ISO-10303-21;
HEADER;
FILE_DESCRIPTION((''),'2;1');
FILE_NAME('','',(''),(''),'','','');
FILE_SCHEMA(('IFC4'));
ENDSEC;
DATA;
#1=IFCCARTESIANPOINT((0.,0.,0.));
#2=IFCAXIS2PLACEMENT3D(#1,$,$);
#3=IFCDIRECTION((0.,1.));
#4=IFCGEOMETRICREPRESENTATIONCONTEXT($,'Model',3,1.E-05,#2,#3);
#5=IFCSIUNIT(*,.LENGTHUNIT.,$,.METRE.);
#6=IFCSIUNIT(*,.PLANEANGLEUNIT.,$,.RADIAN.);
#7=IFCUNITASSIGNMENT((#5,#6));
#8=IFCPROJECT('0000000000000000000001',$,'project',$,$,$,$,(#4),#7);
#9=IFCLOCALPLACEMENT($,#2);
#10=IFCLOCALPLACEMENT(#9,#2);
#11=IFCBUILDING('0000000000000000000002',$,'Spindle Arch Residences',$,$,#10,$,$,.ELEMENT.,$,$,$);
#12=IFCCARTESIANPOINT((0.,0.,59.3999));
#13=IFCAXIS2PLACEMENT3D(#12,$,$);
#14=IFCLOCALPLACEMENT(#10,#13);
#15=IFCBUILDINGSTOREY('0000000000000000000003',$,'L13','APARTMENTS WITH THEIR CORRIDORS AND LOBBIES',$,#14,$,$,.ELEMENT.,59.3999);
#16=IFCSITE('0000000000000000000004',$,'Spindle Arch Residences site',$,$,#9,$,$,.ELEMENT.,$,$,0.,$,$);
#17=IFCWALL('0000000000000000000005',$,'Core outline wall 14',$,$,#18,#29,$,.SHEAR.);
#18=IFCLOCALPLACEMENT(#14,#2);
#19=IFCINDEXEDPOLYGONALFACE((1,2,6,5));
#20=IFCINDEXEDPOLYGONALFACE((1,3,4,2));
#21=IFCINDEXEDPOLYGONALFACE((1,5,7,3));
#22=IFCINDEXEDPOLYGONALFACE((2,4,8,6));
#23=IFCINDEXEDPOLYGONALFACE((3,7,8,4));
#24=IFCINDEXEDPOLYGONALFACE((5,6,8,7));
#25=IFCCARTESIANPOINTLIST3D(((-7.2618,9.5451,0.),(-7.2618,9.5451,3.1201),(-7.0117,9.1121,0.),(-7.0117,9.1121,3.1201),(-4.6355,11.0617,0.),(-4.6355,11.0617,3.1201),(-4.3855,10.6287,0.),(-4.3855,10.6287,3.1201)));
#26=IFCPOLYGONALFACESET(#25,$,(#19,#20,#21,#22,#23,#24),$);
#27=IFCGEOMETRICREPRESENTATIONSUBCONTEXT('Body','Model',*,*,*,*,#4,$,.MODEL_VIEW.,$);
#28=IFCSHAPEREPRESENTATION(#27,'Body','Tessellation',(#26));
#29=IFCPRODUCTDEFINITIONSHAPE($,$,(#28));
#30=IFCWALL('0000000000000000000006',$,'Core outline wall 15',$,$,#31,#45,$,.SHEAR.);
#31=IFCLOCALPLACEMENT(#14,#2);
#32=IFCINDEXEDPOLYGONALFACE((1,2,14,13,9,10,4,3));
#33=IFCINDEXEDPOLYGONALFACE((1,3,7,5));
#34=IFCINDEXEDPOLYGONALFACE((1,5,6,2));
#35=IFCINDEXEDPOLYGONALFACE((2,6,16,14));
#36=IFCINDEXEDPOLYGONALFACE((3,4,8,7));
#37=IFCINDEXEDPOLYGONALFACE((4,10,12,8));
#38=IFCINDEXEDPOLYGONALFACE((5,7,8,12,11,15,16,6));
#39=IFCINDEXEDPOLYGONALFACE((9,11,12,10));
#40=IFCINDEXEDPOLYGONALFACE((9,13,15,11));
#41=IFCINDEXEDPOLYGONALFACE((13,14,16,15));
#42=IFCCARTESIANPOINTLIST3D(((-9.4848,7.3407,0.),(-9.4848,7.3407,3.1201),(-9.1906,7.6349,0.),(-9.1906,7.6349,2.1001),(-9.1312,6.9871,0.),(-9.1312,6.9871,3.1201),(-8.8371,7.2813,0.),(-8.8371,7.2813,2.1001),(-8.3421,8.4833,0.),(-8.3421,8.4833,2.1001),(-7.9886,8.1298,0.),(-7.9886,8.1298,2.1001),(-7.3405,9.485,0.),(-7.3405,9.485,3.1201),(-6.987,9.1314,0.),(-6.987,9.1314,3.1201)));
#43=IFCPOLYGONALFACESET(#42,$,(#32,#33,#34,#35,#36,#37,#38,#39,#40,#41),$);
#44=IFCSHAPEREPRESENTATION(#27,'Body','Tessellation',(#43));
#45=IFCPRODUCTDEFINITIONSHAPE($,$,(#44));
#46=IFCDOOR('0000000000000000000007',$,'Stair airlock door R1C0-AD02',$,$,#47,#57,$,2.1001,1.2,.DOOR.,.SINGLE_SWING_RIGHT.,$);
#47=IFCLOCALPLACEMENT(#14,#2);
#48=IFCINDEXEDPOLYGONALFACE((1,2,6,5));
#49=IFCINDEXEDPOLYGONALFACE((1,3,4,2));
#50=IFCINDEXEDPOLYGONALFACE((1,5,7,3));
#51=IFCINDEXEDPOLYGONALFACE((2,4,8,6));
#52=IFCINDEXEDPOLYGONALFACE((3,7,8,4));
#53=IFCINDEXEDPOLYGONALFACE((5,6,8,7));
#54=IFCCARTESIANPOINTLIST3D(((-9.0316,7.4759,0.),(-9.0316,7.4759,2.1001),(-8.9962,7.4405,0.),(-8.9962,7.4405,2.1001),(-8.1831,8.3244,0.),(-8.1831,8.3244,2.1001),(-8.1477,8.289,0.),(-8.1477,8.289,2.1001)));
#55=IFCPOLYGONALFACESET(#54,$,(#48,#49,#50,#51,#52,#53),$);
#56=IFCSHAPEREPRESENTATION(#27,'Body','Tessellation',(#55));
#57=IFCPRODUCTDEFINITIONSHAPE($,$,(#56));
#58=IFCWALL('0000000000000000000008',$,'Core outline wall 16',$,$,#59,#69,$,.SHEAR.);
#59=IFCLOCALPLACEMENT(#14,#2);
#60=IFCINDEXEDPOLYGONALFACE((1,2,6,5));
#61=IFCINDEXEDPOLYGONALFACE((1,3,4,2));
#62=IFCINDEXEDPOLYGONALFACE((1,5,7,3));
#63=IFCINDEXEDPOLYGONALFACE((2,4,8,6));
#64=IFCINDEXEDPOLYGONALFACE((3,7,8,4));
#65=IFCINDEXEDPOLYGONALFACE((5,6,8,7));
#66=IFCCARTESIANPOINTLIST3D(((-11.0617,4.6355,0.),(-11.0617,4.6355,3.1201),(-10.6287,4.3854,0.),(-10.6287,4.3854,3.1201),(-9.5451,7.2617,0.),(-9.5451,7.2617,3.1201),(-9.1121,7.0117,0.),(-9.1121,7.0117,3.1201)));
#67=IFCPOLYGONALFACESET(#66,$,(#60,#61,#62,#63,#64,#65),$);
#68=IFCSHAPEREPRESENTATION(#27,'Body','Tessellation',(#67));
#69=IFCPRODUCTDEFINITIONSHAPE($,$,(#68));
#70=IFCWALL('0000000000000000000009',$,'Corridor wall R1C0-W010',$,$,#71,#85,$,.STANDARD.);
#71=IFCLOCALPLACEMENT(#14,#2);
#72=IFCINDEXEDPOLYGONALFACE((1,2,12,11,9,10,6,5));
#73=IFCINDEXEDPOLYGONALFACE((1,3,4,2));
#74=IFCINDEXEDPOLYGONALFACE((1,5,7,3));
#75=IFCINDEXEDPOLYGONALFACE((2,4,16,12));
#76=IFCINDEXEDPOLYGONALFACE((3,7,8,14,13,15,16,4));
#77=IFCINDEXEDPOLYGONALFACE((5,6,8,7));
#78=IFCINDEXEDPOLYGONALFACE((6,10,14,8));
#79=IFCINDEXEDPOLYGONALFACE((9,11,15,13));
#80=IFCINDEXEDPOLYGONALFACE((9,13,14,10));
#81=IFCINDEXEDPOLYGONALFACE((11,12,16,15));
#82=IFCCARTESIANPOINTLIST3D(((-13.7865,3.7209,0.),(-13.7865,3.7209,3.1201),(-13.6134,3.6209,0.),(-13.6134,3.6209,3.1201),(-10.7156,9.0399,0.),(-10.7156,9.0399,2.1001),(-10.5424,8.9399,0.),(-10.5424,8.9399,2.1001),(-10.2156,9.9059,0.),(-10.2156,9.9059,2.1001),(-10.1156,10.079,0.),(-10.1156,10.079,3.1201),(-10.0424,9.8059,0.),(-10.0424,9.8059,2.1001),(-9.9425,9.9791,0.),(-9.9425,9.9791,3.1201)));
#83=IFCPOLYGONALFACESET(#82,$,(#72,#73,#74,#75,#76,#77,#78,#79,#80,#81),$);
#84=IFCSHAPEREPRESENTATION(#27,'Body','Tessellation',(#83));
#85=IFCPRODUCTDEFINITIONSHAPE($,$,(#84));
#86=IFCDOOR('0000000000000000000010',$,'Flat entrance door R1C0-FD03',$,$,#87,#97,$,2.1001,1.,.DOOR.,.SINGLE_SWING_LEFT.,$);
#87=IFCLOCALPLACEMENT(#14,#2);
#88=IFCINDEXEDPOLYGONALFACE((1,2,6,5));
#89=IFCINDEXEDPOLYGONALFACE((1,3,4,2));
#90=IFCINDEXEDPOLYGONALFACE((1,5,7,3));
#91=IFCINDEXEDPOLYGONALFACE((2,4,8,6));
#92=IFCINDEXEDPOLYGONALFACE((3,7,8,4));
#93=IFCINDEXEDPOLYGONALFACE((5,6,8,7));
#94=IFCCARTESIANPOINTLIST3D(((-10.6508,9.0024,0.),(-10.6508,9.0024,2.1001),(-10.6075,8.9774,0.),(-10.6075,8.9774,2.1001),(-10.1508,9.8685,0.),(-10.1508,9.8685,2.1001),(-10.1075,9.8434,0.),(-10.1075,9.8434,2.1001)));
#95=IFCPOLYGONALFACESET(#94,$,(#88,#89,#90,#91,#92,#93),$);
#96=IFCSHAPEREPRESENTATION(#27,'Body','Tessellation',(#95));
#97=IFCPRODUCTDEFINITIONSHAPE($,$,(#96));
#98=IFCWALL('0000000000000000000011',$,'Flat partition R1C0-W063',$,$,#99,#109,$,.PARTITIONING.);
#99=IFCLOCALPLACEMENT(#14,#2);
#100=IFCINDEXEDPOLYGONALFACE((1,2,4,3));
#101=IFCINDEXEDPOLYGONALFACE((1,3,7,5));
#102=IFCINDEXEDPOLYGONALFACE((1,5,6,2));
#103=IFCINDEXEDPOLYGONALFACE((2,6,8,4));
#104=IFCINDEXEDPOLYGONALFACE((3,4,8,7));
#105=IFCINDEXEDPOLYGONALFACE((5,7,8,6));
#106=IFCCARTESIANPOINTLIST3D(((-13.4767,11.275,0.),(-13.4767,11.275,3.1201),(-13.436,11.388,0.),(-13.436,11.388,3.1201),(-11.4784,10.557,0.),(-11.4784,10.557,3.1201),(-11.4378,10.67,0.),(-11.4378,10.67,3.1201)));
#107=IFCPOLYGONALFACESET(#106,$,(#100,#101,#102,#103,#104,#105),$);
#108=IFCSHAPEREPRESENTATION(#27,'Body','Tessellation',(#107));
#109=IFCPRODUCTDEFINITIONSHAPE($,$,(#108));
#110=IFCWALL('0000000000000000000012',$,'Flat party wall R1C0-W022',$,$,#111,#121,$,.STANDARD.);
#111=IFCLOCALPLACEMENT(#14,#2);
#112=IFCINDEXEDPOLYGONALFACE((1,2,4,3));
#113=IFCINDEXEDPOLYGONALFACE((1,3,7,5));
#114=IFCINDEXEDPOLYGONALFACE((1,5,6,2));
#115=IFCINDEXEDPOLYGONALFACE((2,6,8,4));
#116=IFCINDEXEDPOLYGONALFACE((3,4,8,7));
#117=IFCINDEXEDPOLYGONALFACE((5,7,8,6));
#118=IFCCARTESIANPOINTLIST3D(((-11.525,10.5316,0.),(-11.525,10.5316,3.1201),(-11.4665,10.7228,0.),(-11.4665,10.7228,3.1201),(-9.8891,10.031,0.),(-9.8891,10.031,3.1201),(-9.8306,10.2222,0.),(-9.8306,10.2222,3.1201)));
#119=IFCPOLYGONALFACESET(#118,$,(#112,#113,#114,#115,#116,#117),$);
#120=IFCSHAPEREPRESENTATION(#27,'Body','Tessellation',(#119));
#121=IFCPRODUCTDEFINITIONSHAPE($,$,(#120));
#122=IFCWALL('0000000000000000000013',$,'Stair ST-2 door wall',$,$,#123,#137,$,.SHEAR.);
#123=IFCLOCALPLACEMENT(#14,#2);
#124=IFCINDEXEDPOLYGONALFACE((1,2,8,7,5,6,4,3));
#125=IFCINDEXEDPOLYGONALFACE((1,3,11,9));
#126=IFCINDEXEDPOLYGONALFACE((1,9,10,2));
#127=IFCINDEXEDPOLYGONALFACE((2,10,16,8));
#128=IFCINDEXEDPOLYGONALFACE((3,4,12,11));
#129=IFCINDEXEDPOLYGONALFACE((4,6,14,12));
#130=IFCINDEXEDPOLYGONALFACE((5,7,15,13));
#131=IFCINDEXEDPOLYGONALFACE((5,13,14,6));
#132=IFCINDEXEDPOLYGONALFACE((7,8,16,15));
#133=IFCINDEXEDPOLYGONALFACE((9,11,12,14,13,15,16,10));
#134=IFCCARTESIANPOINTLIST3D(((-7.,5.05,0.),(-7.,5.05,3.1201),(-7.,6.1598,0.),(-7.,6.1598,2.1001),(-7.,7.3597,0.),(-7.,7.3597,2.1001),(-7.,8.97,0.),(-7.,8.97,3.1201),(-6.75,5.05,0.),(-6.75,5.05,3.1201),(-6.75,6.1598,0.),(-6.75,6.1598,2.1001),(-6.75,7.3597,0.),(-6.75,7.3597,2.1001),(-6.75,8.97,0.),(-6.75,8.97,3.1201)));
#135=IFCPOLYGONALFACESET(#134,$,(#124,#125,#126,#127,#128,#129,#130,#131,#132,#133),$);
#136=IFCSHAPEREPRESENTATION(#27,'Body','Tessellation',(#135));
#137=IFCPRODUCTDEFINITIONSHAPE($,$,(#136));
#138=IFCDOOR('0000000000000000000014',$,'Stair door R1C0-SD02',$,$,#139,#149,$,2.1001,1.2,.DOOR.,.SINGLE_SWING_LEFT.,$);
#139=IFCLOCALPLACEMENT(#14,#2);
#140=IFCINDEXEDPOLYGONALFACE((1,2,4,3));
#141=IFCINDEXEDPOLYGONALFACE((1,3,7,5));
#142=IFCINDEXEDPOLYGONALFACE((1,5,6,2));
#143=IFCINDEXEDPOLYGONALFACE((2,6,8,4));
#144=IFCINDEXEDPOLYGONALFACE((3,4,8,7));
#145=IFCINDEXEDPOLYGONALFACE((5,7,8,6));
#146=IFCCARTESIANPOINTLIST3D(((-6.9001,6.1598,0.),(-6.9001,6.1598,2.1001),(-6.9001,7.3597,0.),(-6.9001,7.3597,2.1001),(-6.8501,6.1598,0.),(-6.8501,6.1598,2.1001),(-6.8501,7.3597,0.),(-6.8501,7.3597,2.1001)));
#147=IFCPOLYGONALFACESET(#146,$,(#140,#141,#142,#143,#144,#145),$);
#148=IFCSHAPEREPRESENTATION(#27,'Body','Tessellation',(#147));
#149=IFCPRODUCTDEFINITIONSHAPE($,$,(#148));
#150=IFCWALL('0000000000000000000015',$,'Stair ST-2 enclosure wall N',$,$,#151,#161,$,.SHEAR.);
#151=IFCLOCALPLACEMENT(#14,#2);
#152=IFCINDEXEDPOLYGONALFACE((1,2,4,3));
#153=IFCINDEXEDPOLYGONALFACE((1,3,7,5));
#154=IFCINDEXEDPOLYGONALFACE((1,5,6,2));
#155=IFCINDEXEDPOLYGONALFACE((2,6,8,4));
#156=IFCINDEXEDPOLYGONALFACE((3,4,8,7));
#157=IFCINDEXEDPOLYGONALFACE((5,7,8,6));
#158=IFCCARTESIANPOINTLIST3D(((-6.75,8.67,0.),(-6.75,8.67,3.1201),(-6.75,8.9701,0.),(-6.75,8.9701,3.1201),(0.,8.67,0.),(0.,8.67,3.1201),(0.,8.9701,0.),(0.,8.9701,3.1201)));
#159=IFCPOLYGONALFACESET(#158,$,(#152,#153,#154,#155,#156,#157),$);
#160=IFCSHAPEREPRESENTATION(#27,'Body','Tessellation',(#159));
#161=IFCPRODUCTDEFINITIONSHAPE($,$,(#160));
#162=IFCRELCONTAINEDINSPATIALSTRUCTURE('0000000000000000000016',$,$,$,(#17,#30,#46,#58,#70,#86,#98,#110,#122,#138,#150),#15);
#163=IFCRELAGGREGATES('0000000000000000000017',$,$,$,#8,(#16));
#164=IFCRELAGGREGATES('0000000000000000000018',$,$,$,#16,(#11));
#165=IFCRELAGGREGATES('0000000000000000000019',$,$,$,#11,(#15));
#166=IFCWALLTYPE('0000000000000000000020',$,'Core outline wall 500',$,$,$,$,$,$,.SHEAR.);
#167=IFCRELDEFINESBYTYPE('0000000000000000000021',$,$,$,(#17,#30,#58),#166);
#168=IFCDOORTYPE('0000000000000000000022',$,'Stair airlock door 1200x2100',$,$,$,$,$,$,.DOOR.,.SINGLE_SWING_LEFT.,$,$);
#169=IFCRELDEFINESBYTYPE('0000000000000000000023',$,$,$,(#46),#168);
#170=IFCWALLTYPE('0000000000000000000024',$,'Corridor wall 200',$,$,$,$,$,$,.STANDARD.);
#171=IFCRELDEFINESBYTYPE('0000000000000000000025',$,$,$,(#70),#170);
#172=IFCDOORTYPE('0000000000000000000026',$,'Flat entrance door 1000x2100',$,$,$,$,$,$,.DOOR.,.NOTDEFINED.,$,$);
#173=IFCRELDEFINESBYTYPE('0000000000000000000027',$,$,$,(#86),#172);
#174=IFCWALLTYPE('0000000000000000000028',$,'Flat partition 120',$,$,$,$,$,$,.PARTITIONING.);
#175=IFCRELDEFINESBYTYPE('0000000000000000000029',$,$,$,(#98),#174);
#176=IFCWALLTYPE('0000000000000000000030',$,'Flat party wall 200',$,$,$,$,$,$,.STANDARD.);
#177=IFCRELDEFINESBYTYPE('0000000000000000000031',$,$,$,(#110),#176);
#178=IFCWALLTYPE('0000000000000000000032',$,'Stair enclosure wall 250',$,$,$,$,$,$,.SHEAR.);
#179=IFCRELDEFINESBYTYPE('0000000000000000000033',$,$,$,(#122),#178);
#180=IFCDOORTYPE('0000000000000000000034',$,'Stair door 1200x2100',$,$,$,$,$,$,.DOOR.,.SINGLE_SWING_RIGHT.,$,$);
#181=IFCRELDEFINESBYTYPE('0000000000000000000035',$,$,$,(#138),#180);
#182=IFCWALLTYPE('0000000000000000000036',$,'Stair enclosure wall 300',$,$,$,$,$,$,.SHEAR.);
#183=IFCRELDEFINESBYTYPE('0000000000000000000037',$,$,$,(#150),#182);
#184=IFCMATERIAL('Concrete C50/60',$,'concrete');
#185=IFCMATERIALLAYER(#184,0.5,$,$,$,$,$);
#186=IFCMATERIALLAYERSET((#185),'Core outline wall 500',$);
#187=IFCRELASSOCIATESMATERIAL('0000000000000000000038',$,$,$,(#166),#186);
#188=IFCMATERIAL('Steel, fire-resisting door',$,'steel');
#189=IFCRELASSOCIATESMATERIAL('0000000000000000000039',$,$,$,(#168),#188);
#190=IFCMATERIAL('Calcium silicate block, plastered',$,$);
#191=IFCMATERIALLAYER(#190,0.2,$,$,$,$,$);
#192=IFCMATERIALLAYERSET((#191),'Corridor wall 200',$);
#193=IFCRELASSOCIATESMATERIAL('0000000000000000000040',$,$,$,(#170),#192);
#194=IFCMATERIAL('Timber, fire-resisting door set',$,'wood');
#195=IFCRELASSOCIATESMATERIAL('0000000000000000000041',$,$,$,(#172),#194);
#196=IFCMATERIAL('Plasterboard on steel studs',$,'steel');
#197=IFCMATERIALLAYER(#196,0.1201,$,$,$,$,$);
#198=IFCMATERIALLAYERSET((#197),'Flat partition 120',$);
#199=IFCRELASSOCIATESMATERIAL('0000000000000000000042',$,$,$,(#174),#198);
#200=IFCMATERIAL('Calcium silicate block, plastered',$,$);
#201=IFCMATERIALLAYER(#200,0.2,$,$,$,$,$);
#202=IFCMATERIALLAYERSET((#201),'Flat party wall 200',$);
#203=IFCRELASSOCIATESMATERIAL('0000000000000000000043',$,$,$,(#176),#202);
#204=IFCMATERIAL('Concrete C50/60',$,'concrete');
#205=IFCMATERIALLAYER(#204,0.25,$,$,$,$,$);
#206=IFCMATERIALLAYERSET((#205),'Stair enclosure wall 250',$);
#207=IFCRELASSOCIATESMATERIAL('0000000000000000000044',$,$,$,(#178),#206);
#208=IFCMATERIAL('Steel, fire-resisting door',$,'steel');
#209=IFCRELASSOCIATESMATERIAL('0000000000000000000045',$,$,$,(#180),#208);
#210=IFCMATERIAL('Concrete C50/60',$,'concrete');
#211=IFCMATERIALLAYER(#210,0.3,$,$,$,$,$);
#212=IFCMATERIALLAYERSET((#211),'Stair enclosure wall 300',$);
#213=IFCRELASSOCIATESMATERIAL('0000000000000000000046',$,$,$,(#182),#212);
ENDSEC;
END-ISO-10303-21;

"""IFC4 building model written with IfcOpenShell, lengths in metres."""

from ifc_helpers import new_model, si_unit, direction, frame, frame_2d, origin, place, context, subcontext, project, spatial, rectangle, extrude, material, layer, layer_set, type_object, element, fill, save


model = new_model("IFC4")

# Units and contexts
model_context = context("Model", 3, precision=1e-05, world=origin(), true_north=direction((0.0, 1.0)))
body_context = subcontext(model_context, "Body", "Model", "MODEL_VIEW")
ifc_project = project(units=[si_unit("LENGTHUNIT", "METRE"), si_unit("PLANEANGLEUNIT", "RADIAN")], contexts=[model_context])

# Site, building, storey
site_placement = place(None, origin())
site = spatial("IfcSite", under=ifc_project, at=site_placement, Name="Spindle Arch Residences site", CompositionType="ELEMENT", RefElevation=0.0)
building_placement = place(site_placement, origin())
building = spatial("IfcBuilding", under=site, at=building_placement, Name="Spindle Arch Residences", CompositionType="ELEMENT")
storey_placement = place(building_placement, frame((0.0, 0.0, 59.3999)))
storey = spatial("IfcBuildingStorey", under=building, at=storey_placement, Name="L13", Description="APARTMENTS WITH THEIR CORRIDORS AND LOBBIES", CompositionType="ELEMENT", Elevation=59.3999)

# Wall
ifc_material_1 = material(Name="Concrete C50/60", Category="concrete")
ifc_layer_1 = layer(ifc_material_1, 0.5)
ifc_layer_set_1 = layer_set([ifc_layer_1], Name="Core outline wall 500")
wall_type_1 = type_object("IfcWallType", Name="Core outline wall 500", PredefinedType="SHEAR", material=ifc_layer_set_1)
wall_1_placement = place(storey_placement, frame((-4.5105, 10.8452, 0.0), z_axis=(0.0, 0.0, 1.0), x_axis=(-0.865975, -0.500087, 0.0)))
element("IfcWall", 1, at=wall_1_placement, inside=storey, type_object=wall_type_1, Name="Core outline wall 14", PredefinedType="SHEAR", context=body_context, shape_type="SweptSolid", body=[
    extrude(rectangle(XDim=3.0327, YDim=0.5, at=frame_2d((1.5164, 0.0))), origin(), (0.0, 0.0, 1.0), 3.1201),
])

# Wall, opening, door
wall_2_placement = place(storey_placement, frame((-7.1638, 9.3081, 0.0), z_axis=(0.0, 0.0, 1.0), x_axis=(-0.707107, -0.707107, 0.0)))
wall_2 = element("IfcWall", 2, at=wall_2_placement, inside=storey, type_object=wall_type_1, Name="Core outline wall 15", PredefinedType="SHEAR", context=body_context, shape_type="SweptSolid", body=[
    extrude(rectangle(XDim=3.0325, YDim=0.5, at=frame_2d((1.5161, 0.0))), origin(), (0.0, 0.0, 1.0), 3.1201),
])
opening_1_placement = place(wall_2_placement, frame((1.4163, 0.0, 0.0)))
opening_1 = element("IfcOpeningElement", 3, at=opening_1_placement, cuts=wall_2, PredefinedType="OPENING", context=body_context, shape_type="SweptSolid", body=[
    extrude(rectangle(XDim=1.2, YDim=2.1001, at=frame_2d((0.6001, 1.05))), frame((0.0, 0.26, 0.0), z_axis=(0.0, -1.0, 0.0), x_axis=(1.0, 0.0, 0.0)), (0.0, 0.0, 1.0), 0.52),
])
ifc_material_2 = material(Name="Steel, fire-resisting door", Category="steel")
door_type_1 = type_object("IfcDoorType", Name="Stair airlock door 1200x2100", OperationType="SINGLE_SWING_LEFT", PredefinedType="DOOR", material=ifc_material_2)
door_1_placement = place(opening_1_placement, origin())
door_1 = element("IfcDoor", 4, at=door_1_placement, inside=storey, type_object=door_type_1, Name="Stair airlock door R1C0-AD02", OperationType="SINGLE_SWING_RIGHT", OverallHeight=2.1001, OverallWidth=1.2, PredefinedType="DOOR", context=body_context, shape_type="SweptSolid", body=[
    extrude(rectangle(XDim=1.2, YDim=2.1001, at=frame_2d((0.6001, 1.05))), frame((0.0, 0.0249, 0.0), z_axis=(0.0, -1.0, 0.0), x_axis=(1.0, 0.0, 0.0)), (0.0, 0.0, 1.0), 0.05),
])
fill(opening_1, door_1)

# Wall
wall_3_placement = place(storey_placement, frame((-9.3286, 7.1367, 0.0), z_axis=(0.0, 0.0, 1.0), x_axis=(-0.500087, -0.865975, 0.0)))
element("IfcWall", 5, at=wall_3_placement, inside=storey, type_object=wall_type_1, Name="Core outline wall 16", PredefinedType="SHEAR", context=body_context, shape_type="SweptSolid", body=[
    extrude(rectangle(XDim=3.0327, YDim=0.5, at=frame_2d((1.5164, 0.0))), origin(), (0.0, 0.0, 1.0), 3.1201),
])

# Wall, opening, door
ifc_material_3 = material(Name="Calcium silicate block, plastered")
ifc_layer_2 = layer(ifc_material_3, 0.2)
ifc_layer_set_2 = layer_set([ifc_layer_2], Name="Corridor wall 200")
wall_type_2 = type_object("IfcWallType", Name="Corridor wall 200", PredefinedType="STANDARD", material=ifc_layer_set_2)
wall_4_placement = place(storey_placement, frame((-10.0291, 10.0291, 0.0), z_axis=(0.0, 0.0, 1.0), x_axis=(-0.500002, -0.866024, 0.0)))
wall_4 = element("IfcWall", 6, at=wall_4_placement, inside=storey, type_object=wall_type_2, Name="Corridor wall R1C0-W010", PredefinedType="STANDARD", context=body_context, shape_type="SweptSolid", body=[
    extrude(rectangle(XDim=7.3418, YDim=0.2, at=frame_2d((3.6709, 0.0))), origin(), (0.0, 0.0, 1.0), 3.1201),
])
opening_2_placement = place(wall_4_placement, frame((0.2, 0.0, 0.0)))
opening_2 = element("IfcOpeningElement", 7, at=opening_2_placement, cuts=wall_4, PredefinedType="OPENING", context=body_context, shape_type="SweptSolid", body=[
    extrude(rectangle(XDim=1.0, YDim=2.1001, at=frame_2d((0.5, 1.05))), frame((0.0, 0.1099, 0.0), z_axis=(0.0, -1.0, 0.0), x_axis=(1.0, 0.0, 0.0)), (0.0, 0.0, 1.0), 0.22),
])
ifc_material_4 = material(Name="Timber, fire-resisting door set", Category="wood")
door_type_2 = type_object("IfcDoorType", Name="Flat entrance door 1000x2100", OperationType="NOTDEFINED", PredefinedType="DOOR", material=ifc_material_4)
door_2_placement = place(opening_2_placement, origin())
door_2 = element("IfcDoor", 8, at=door_2_placement, inside=storey, type_object=door_type_2, Name="Flat entrance door R1C0-FD03", OperationType="SINGLE_SWING_LEFT", OverallHeight=2.1001, OverallWidth=1.0, PredefinedType="DOOR", context=body_context, shape_type="SweptSolid", body=[
    extrude(rectangle(XDim=1.0, YDim=2.1001, at=frame_2d((0.5, 1.05))), frame((0.0, 0.0249, 0.0), z_axis=(0.0, -1.0, 0.0), x_axis=(1.0, 0.0, 0.0)), (0.0, 0.0, 1.0), 0.05),
])
fill(opening_2, door_2)

# Walls
ifc_material_5 = material(Name="Plasterboard on steel studs", Category="steel")
ifc_layer_3 = layer(ifc_material_5, 0.1201)
ifc_layer_set_3 = layer_set([ifc_layer_3], Name="Flat partition 120")
wall_type_3 = type_object("IfcWallType", Name="Flat partition 120", PredefinedType="PARTITIONING", material=ifc_layer_set_3)
wall_5_placement = place(storey_placement, frame((-11.4583, 10.6135, 0.0), z_axis=(0.0, 0.0, 1.0), x_axis=(-0.941092, 0.338149, 0.0)))
element("IfcWall", 9, at=wall_5_placement, inside=storey, type_object=wall_type_3, Name="Flat partition R1C0-W063", PredefinedType="PARTITIONING", context=body_context, shape_type="SweptSolid", body=[
    extrude(rectangle(XDim=2.1233, YDim=0.1201, at=frame_2d((1.0615, 0.0))), origin(), (0.0, 0.0, 1.0), 3.1201),
])
ifc_material_6 = material(Name="Calcium silicate block, plastered")
ifc_layer_4 = layer(ifc_material_6, 0.2)
ifc_layer_set_4 = layer_set([ifc_layer_4], Name="Flat party wall 200")
wall_type_4 = type_object("IfcWallType", Name="Flat party wall 200", PredefinedType="STANDARD", material=ifc_layer_set_4)
wall_6_placement = place(storey_placement, frame((-11.4958, 10.6272, 0.0), z_axis=(0.0, 0.0, 1.0), x_axis=(0.956241, -0.292581, 0.0)))
element("IfcWall", 10, at=wall_6_placement, inside=storey, type_object=wall_type_4, Name="Flat party wall R1C0-W022", PredefinedType="STANDARD", context=body_context, shape_type="SweptSolid", body=[
    extrude(rectangle(XDim=1.7107, YDim=0.2, at=frame_2d((0.8555, 0.0))), origin(), (0.0, 0.0, 1.0), 3.1201),
])

# Wall, opening, door
ifc_material_7 = material(Name="Concrete C50/60", Category="concrete")
ifc_layer_5 = layer(ifc_material_7, 0.25)
ifc_layer_set_5 = layer_set([ifc_layer_5], Name="Stair enclosure wall 250")
wall_type_5 = type_object("IfcWallType", Name="Stair enclosure wall 250", PredefinedType="SHEAR", material=ifc_layer_set_5)
wall_7_placement = place(storey_placement, frame((-6.875, 8.97, 0.0), z_axis=(0.0, 0.0, 1.0), x_axis=(0.0, -1.0, 0.0)))
wall_7 = element("IfcWall", 11, at=wall_7_placement, inside=storey, type_object=wall_type_5, Name="Stair ST-2 door wall", PredefinedType="SHEAR", context=body_context, shape_type="SweptSolid", body=[
    extrude(rectangle(XDim=3.9199, YDim=0.25, at=frame_2d((1.96, 0.0))), origin(), (0.0, 0.0, 1.0), 3.1201),
])
opening_3_placement = place(wall_7_placement, frame((1.6101, 0.0, 0.0)))
opening_3 = element("IfcOpeningElement", 12, at=opening_3_placement, cuts=wall_7, PredefinedType="OPENING", context=body_context, shape_type="SweptSolid", body=[
    extrude(rectangle(XDim=1.2, YDim=2.1001, at=frame_2d((0.6001, 1.05))), frame((0.0, 0.135, 0.0), z_axis=(0.0, -1.0, 0.0), x_axis=(1.0, 0.0, 0.0)), (0.0, 0.0, 1.0), 0.27),
])
ifc_material_8 = material(Name="Steel, fire-resisting door", Category="steel")
door_type_3 = type_object("IfcDoorType", Name="Stair door 1200x2100", OperationType="SINGLE_SWING_RIGHT", PredefinedType="DOOR", material=ifc_material_8)
door_3_placement = place(opening_3_placement, origin())
door_3 = element("IfcDoor", 13, at=door_3_placement, inside=storey, type_object=door_type_3, Name="Stair door R1C0-SD02", OperationType="SINGLE_SWING_LEFT", OverallHeight=2.1001, OverallWidth=1.2, PredefinedType="DOOR", context=body_context, shape_type="SweptSolid", body=[
    extrude(rectangle(XDim=1.2, YDim=2.1001, at=frame_2d((0.6001, 1.05))), frame((0.0, 0.0249, 0.0), z_axis=(0.0, -1.0, 0.0), x_axis=(1.0, 0.0, 0.0)), (0.0, 0.0, 1.0), 0.05),
])
fill(opening_3, door_3)

# Wall
ifc_material_9 = material(Name="Concrete C50/60", Category="concrete")
ifc_layer_6 = layer(ifc_material_9, 0.3)
ifc_layer_set_6 = layer_set([ifc_layer_6], Name="Stair enclosure wall 300")
wall_type_6 = type_object("IfcWallType", Name="Stair enclosure wall 300", PredefinedType="SHEAR", material=ifc_layer_set_6)
wall_8_placement = place(storey_placement, frame((-6.75, 8.8201, 0.0), z_axis=(0.0, 0.0, 1.0), x_axis=(1.0, 0.0, 0.0)))
element("IfcWall", 14, at=wall_8_placement, inside=storey, type_object=wall_type_6, Name="Stair ST-2 enclosure wall N", PredefinedType="SHEAR", context=body_context, shape_type="SweptSolid", body=[
    extrude(rectangle(XDim=6.75, YDim=0.3, at=frame_2d((3.375, 0.0))), origin(), (0.0, 0.0, 1.0), 3.1201),
])

save(model, "model.ifc")
